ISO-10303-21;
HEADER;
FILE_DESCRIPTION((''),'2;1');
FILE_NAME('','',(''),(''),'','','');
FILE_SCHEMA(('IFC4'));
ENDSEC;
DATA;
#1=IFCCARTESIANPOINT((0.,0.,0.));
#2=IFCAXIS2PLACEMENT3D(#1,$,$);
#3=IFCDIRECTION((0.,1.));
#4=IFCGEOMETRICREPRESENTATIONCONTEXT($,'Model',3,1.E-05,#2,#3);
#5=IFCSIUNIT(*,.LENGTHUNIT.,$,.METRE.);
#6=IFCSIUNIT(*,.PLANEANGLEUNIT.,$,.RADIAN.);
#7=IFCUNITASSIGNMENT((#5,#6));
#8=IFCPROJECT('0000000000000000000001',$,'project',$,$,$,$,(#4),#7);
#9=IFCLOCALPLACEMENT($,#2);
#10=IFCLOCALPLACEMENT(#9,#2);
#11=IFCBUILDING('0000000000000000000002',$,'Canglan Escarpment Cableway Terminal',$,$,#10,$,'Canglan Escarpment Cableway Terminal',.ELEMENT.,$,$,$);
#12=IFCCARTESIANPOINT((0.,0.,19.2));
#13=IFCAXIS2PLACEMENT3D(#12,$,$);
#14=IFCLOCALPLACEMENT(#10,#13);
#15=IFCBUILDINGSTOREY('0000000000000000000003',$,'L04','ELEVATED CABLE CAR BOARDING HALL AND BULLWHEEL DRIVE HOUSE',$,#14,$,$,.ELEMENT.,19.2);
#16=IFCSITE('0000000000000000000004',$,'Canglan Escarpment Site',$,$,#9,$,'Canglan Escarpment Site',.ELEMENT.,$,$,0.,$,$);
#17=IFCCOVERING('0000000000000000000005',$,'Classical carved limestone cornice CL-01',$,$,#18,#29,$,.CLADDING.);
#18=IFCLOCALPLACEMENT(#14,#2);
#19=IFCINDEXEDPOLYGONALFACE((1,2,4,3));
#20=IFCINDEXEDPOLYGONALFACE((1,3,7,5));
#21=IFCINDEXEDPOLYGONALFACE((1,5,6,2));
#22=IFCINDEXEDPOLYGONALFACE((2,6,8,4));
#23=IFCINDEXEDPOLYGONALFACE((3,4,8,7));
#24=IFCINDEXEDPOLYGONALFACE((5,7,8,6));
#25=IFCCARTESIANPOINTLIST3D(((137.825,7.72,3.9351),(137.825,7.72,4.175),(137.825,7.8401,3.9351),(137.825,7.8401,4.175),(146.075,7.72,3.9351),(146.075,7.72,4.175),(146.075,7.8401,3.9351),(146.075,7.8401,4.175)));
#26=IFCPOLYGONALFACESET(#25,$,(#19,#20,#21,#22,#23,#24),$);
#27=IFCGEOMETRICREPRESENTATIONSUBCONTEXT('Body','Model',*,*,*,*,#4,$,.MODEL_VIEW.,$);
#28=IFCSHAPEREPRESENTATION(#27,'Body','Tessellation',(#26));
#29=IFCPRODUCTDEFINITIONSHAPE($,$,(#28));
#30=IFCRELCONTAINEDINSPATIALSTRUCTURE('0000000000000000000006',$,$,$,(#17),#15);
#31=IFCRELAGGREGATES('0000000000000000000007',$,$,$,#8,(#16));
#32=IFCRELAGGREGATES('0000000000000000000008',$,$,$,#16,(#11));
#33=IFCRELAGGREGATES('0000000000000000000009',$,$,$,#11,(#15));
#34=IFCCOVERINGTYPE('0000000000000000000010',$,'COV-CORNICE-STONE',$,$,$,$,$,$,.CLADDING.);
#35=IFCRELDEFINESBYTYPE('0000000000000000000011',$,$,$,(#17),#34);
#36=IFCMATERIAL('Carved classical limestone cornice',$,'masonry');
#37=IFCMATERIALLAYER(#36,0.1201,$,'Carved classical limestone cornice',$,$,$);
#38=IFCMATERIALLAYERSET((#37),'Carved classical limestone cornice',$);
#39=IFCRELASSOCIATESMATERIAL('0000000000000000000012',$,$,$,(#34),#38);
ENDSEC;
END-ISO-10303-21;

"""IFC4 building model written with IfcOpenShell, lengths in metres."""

from ifc_helpers import new_model, si_unit, direction, frame, origin, origin_2d, place, context, subcontext, project, spatial, rectangle, extrude, material, layer, layer_set, type_object, element, save


model = new_model("IFC4")

# Units and contexts
model_context = context("Model", 3, precision=1e-05, world=origin(), true_north=direction((0.0, 1.0)))
body_context = subcontext(model_context, "Body", "Model", "MODEL_VIEW")
ifc_project = project(units=[si_unit("LENGTHUNIT", "METRE"), si_unit("PLANEANGLEUNIT", "RADIAN")], contexts=[model_context])

# Site, building, storey
site_placement = place(None, origin())
site = spatial("IfcSite", under=ifc_project, at=site_placement, Name="Canglan Escarpment Site", LongName="Canglan Escarpment Site", CompositionType="ELEMENT", RefElevation=0.0)
building_placement = place(site_placement, origin())
building = spatial("IfcBuilding", under=site, at=building_placement, Name="Canglan Escarpment Cableway Terminal", LongName="Canglan Escarpment Cableway Terminal", CompositionType="ELEMENT")
storey_placement = place(building_placement, frame((0.0, 0.0, 19.2)))
storey = spatial("IfcBuildingStorey", under=building, at=storey_placement, Name="L04", Description="ELEVATED CABLE CAR BOARDING HALL AND BULLWHEEL DRIVE HOUSE", CompositionType="ELEMENT", Elevation=19.2)

# Covering
ifc_material_1 = material(Name="Carved classical limestone cornice", Category="masonry")
ifc_layer_1 = layer(ifc_material_1, 0.1201, Name="Carved classical limestone cornice")
ifc_layer_set_1 = layer_set([ifc_layer_1], Name="Carved classical limestone cornice")
covering_type = type_object("IfcCoveringType", Name="COV-CORNICE-STONE", PredefinedType="CLADDING", material=ifc_layer_set_1)
covering_placement = place(storey_placement, frame((141.95, 7.78, 3.9351), z_axis=(0.0, 0.0, 1.0), x_axis=(1.0, 0.0, 0.0)))
element("IfcCovering", 1, at=covering_placement, inside=storey, type_object=covering_type, Name="Classical carved limestone cornice CL-01", PredefinedType="CLADDING", context=body_context, shape_type="SweptSolid", body=[
    extrude(rectangle(XDim=8.25, YDim=0.1201, at=origin_2d()), origin(), (0.0, 0.0, 1.0), 0.24),
])

save(model, "model.ifc")
